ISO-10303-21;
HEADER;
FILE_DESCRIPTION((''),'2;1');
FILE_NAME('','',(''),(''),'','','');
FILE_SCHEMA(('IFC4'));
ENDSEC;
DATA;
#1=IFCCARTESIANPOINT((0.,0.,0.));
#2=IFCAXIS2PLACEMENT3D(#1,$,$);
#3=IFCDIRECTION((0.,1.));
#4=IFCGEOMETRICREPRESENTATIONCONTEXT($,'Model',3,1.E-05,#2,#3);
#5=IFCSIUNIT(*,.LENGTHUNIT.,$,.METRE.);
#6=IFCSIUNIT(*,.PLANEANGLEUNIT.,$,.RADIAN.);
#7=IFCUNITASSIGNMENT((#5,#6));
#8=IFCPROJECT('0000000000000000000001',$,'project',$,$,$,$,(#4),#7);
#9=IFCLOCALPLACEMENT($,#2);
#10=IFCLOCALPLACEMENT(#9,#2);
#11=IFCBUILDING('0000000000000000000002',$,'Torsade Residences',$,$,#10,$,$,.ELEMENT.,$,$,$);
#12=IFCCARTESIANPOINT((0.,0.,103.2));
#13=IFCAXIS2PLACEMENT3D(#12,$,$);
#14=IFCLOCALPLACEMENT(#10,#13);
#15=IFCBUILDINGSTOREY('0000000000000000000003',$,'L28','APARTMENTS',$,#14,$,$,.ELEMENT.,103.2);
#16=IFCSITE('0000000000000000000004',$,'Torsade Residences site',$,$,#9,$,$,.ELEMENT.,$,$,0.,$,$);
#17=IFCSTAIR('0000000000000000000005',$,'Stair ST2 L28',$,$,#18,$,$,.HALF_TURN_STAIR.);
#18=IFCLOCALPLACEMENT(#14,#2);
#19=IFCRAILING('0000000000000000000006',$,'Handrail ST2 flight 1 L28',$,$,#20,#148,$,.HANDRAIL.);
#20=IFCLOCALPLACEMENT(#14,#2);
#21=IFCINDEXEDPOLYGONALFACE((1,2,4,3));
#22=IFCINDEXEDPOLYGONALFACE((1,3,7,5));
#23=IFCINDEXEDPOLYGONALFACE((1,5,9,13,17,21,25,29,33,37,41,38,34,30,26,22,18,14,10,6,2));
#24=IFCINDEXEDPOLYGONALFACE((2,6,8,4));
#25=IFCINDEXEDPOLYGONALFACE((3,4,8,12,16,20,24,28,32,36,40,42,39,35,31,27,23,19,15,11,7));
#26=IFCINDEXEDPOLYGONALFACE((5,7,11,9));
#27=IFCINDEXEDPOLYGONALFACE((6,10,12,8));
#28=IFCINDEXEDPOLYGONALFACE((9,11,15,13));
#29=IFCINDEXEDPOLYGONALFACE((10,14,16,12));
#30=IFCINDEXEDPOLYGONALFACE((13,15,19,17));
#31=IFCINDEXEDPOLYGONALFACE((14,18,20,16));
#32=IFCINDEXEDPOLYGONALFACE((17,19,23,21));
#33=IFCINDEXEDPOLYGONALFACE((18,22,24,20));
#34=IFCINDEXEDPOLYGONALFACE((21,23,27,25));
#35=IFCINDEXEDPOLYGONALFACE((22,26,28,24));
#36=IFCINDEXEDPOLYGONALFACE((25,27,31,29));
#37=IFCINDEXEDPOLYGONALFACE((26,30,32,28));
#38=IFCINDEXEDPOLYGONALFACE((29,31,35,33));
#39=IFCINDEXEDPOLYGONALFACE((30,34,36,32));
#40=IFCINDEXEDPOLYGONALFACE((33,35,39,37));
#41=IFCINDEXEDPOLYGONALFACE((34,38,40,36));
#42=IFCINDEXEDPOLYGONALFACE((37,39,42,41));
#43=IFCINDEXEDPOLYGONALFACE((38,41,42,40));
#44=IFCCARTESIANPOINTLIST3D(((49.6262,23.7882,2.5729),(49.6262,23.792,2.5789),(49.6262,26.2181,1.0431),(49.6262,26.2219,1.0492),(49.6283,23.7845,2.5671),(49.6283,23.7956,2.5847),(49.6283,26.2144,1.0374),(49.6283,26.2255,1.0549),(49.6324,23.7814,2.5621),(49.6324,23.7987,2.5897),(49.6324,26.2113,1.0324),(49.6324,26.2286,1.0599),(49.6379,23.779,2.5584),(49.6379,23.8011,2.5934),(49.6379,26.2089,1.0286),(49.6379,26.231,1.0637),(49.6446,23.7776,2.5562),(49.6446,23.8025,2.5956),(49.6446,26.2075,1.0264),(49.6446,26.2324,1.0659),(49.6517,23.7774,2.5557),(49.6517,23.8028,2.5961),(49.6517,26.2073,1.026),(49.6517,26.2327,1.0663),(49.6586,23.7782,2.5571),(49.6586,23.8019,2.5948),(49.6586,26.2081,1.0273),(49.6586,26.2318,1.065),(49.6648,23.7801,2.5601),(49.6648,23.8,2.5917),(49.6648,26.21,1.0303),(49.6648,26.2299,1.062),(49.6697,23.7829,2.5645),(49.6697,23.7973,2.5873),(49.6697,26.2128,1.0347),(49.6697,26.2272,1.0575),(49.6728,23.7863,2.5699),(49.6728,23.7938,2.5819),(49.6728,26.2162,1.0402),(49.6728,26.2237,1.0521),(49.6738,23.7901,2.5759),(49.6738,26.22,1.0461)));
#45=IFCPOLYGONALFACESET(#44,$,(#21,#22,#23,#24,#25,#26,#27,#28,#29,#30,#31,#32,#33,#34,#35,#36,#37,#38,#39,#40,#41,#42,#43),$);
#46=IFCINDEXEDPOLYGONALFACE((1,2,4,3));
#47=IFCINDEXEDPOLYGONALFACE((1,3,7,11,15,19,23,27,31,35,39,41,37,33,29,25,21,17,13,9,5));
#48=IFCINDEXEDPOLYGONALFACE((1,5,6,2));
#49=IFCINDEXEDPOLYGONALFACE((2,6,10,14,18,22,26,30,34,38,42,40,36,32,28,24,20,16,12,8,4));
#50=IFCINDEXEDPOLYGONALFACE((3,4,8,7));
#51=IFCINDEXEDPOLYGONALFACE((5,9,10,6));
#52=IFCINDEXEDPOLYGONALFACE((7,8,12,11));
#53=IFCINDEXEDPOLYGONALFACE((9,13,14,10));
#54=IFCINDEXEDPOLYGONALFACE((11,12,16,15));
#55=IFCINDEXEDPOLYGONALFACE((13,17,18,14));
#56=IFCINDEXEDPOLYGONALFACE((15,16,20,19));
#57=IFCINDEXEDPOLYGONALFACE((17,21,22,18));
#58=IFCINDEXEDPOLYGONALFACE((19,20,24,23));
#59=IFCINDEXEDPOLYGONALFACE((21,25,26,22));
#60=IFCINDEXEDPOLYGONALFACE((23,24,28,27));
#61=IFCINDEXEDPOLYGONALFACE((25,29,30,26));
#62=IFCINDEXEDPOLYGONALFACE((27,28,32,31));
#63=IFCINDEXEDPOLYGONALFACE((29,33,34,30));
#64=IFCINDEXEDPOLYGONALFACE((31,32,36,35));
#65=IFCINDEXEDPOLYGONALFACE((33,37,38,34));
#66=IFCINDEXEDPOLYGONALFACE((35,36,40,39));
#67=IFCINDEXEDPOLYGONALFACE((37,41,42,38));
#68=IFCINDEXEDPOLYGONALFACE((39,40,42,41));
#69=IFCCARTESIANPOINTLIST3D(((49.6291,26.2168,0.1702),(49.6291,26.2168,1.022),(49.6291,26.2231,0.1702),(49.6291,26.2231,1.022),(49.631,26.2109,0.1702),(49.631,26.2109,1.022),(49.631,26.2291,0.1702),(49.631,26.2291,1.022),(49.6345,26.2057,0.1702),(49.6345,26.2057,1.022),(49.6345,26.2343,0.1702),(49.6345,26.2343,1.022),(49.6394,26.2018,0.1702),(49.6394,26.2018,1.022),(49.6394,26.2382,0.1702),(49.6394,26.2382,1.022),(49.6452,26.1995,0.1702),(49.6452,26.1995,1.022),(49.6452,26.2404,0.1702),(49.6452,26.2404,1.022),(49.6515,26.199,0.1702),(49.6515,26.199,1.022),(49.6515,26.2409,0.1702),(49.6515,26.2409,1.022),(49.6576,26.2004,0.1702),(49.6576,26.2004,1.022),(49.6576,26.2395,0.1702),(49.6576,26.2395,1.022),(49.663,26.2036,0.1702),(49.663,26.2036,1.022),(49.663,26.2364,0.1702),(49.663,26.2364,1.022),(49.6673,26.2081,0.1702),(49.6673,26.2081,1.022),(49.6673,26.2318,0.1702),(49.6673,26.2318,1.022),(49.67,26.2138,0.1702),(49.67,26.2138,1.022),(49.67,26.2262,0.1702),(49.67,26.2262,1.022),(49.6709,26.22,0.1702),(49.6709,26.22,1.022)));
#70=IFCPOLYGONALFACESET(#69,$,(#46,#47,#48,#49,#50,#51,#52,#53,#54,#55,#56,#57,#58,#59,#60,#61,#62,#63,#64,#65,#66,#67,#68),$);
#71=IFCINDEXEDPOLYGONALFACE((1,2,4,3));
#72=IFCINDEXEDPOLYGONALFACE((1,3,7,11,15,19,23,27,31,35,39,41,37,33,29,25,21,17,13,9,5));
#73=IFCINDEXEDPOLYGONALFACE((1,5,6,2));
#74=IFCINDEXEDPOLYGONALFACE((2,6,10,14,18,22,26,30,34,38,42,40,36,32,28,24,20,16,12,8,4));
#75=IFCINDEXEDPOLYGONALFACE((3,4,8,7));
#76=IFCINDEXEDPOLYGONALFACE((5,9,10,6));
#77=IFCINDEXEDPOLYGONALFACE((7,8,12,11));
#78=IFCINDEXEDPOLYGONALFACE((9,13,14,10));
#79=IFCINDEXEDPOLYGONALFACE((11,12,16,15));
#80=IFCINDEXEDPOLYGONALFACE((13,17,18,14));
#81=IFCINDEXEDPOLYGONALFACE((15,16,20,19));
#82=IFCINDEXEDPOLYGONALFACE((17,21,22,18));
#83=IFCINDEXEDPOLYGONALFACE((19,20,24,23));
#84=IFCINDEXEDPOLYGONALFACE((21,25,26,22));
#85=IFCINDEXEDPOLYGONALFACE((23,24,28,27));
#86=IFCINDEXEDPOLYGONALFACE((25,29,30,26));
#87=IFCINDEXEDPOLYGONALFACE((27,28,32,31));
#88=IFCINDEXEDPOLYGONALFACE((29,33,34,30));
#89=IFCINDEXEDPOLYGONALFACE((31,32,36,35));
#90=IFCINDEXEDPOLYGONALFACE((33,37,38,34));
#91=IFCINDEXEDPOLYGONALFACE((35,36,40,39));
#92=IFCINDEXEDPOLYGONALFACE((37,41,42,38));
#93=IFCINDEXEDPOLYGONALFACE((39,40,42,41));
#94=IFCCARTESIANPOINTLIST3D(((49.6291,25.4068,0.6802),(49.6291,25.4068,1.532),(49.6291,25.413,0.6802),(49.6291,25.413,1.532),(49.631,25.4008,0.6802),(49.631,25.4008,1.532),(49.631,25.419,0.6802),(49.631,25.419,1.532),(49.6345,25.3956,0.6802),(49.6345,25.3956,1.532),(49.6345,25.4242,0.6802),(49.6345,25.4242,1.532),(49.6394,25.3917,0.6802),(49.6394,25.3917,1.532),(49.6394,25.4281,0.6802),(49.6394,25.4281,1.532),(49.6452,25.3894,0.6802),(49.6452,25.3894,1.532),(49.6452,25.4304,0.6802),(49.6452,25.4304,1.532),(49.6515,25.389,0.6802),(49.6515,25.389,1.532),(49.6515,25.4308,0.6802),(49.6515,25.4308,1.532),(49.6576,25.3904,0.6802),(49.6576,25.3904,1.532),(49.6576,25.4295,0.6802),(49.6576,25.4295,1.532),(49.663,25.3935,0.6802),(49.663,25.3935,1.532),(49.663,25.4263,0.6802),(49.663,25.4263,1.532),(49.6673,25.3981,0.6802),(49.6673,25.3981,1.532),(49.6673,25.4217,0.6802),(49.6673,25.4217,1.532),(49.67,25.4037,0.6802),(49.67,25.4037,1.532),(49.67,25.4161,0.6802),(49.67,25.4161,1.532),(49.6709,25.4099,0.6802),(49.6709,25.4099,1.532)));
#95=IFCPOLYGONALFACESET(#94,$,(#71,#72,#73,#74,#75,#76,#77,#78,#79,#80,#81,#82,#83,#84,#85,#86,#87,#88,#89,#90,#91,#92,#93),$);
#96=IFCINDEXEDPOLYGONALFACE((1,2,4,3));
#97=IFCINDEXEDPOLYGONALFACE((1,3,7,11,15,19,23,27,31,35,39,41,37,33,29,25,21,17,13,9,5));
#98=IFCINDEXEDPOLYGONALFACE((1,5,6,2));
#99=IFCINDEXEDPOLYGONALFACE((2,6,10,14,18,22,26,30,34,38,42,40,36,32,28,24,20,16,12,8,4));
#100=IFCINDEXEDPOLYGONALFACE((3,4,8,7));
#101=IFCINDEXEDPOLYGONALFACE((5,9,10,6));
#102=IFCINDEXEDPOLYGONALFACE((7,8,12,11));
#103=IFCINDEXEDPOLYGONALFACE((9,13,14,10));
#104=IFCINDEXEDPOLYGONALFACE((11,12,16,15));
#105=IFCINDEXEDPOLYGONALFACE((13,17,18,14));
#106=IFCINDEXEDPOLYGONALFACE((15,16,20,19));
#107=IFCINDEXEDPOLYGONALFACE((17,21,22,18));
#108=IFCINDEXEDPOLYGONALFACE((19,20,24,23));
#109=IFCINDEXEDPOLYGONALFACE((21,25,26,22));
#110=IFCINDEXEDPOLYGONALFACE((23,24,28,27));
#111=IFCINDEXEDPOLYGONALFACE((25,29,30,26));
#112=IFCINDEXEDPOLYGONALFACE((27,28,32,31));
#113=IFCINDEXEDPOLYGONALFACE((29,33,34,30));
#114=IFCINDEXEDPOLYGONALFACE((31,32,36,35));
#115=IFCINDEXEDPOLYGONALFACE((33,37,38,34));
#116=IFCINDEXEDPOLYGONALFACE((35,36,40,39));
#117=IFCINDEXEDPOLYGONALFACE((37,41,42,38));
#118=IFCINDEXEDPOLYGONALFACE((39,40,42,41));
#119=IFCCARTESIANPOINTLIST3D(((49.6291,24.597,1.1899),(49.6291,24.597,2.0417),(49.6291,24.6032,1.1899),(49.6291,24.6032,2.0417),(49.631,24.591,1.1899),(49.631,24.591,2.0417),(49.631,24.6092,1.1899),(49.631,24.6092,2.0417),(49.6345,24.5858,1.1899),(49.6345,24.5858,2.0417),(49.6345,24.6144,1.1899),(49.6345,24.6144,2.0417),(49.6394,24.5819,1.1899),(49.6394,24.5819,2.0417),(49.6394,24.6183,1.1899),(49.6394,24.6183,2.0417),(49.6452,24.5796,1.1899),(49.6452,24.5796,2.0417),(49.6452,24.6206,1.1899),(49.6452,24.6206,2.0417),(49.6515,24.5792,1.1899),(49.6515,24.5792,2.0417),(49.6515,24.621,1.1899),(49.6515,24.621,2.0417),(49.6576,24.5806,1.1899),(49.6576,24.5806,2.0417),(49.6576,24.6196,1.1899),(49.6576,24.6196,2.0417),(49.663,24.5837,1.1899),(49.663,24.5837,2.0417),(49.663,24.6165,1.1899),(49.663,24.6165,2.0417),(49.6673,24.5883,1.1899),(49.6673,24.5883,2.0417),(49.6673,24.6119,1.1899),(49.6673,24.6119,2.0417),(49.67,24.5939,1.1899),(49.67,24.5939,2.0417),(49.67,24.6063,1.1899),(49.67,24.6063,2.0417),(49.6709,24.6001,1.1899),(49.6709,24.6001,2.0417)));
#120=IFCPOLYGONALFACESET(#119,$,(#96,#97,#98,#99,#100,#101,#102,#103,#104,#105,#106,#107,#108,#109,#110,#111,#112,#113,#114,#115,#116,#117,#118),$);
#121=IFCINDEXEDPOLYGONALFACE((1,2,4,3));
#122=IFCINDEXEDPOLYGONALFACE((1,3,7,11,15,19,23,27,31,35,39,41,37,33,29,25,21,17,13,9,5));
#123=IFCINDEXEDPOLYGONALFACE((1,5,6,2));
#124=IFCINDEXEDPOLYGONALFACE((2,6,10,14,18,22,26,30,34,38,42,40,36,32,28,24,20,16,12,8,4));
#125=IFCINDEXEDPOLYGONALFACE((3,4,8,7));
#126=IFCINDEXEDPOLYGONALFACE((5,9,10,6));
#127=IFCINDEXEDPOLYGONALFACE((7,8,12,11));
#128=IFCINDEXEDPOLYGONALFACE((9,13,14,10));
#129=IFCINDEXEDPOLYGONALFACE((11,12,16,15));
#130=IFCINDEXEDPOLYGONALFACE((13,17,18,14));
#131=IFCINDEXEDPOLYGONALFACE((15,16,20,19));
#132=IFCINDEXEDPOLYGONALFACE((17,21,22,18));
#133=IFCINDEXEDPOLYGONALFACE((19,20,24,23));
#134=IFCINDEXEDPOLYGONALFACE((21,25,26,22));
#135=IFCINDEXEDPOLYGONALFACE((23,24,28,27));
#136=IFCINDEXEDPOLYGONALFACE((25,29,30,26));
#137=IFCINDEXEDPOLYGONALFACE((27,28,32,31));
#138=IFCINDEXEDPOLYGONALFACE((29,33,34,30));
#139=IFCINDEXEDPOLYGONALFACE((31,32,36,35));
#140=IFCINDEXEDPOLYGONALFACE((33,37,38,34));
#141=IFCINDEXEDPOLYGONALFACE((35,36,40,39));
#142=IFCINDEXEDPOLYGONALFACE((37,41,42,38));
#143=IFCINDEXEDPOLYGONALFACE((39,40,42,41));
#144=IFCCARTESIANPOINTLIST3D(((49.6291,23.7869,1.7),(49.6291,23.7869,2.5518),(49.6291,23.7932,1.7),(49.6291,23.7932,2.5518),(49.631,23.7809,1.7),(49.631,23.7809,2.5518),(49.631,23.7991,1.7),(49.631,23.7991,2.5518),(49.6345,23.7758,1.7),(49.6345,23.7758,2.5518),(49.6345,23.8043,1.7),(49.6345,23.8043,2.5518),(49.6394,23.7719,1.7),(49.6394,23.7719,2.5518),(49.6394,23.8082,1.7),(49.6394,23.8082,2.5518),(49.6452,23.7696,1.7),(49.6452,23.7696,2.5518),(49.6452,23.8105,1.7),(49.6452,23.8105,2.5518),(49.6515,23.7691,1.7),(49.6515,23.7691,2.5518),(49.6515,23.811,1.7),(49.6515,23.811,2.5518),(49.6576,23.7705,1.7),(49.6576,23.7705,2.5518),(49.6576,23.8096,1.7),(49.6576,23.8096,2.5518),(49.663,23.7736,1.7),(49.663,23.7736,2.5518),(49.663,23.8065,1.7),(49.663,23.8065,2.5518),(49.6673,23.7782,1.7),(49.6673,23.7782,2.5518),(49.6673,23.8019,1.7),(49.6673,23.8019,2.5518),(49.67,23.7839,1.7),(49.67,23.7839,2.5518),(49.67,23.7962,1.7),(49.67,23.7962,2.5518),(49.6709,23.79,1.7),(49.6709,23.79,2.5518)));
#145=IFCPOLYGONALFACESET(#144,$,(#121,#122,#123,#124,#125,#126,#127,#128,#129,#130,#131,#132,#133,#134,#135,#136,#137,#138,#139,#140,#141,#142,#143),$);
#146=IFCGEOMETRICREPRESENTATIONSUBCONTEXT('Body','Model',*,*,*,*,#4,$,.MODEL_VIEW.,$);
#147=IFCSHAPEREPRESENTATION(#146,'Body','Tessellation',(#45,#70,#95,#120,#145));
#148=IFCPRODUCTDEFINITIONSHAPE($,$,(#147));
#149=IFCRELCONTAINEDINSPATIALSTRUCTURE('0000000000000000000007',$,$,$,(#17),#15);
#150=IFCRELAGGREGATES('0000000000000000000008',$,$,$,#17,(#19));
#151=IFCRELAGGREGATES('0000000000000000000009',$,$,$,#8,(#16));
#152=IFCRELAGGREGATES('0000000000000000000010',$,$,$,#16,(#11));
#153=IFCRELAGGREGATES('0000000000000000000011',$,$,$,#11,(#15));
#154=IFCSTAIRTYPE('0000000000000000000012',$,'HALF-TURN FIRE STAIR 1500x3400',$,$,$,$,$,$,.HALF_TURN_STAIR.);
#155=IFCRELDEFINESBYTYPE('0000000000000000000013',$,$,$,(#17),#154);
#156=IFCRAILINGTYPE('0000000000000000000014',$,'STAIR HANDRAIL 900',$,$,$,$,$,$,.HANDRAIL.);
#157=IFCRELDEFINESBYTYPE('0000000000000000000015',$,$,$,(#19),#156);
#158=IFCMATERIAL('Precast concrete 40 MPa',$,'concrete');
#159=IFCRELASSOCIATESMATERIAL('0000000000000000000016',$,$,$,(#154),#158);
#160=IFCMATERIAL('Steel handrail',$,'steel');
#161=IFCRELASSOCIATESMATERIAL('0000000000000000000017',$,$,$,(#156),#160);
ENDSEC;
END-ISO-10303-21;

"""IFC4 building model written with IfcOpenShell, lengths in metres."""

from ifc_helpers import new_model, si_unit, direction, frame, origin, origin_2d, place, context, subcontext, project, spatial, circle, extrude, material, type_object, element, aggregate, save


model = new_model("IFC4")

# Units and contexts
model_context = context("Model", 3, precision=1e-05, world=origin(), true_north=direction((0.0, 1.0)))
body_context = subcontext(model_context, "Body", "Model", "MODEL_VIEW")
ifc_project = project(units=[si_unit("LENGTHUNIT", "METRE"), si_unit("PLANEANGLEUNIT", "RADIAN")], contexts=[model_context])

# Site, building, storey
site_placement = place(None, origin())
site = spatial("IfcSite", under=ifc_project, at=site_placement, Name="Torsade Residences site", CompositionType="ELEMENT", RefElevation=0.0)
building_placement = place(site_placement, origin())
building = spatial("IfcBuilding", under=site, at=building_placement, Name="Torsade Residences", CompositionType="ELEMENT")
storey_placement = place(building_placement, frame((0.0, 0.0, 103.2)))
storey = spatial("IfcBuildingStorey", under=building, at=storey_placement, Name="L28", Description="APARTMENTS", CompositionType="ELEMENT", Elevation=103.2)

# Stair, railing
ifc_material_1 = material(Name="Precast concrete 40 MPa", Category="concrete")
stair_type = type_object("IfcStairType", Name="HALF-TURN FIRE STAIR 1500x3400", PredefinedType="HALF_TURN_STAIR", material=ifc_material_1)
stair_placement = place(storey_placement, origin())
stair = element("IfcStair", 1, at=stair_placement, inside=storey, type_object=stair_type, Name="Stair ST2 L28", PredefinedType="HALF_TURN_STAIR")
ifc_material_2 = material(Name="Steel handrail", Category="steel")
railing_type = type_object("IfcRailingType", Name="STAIR HANDRAIL 900", PredefinedType="HANDRAIL", material=ifc_material_2)
railing_1_placement = place(storey_placement, frame((49.6499, 26.22, 0.1702)))
railing_1 = element("IfcRailing", 2, at=railing_1_placement, type_object=railing_type, Name="Handrail ST2 flight 1 L28", PredefinedType="HANDRAIL", context=body_context, shape_type="SweptSolid", body=[
    extrude(circle(Radius=0.0239, at=origin_2d()), frame((0.0, 0.0, 0.876), z_axis=(0.0, -0.84626, 0.53277), x_axis=(1.0, 0.0, 0.0)), (0.0, 0.0, 1.0), 2.8713),
    extrude(circle(Radius=0.021, at=origin_2d()), origin(), (0.0, 0.0, 1.0), 0.8518),
    extrude(circle(Radius=0.021, at=origin_2d()), frame((0.0, -0.8101, 0.51)), (0.0, 0.0, 1.0), 0.8518),
    extrude(circle(Radius=0.021, at=origin_2d()), frame((0.0, -1.6199, 1.0198)), (0.0, 0.0, 1.0), 0.8518),
    extrude(circle(Radius=0.021, at=origin_2d()), frame((0.0, -2.4299, 1.5298)), (0.0, 0.0, 1.0), 0.8518),
])
aggregate(stair, [railing_1])

save(model, "model.ifc")
